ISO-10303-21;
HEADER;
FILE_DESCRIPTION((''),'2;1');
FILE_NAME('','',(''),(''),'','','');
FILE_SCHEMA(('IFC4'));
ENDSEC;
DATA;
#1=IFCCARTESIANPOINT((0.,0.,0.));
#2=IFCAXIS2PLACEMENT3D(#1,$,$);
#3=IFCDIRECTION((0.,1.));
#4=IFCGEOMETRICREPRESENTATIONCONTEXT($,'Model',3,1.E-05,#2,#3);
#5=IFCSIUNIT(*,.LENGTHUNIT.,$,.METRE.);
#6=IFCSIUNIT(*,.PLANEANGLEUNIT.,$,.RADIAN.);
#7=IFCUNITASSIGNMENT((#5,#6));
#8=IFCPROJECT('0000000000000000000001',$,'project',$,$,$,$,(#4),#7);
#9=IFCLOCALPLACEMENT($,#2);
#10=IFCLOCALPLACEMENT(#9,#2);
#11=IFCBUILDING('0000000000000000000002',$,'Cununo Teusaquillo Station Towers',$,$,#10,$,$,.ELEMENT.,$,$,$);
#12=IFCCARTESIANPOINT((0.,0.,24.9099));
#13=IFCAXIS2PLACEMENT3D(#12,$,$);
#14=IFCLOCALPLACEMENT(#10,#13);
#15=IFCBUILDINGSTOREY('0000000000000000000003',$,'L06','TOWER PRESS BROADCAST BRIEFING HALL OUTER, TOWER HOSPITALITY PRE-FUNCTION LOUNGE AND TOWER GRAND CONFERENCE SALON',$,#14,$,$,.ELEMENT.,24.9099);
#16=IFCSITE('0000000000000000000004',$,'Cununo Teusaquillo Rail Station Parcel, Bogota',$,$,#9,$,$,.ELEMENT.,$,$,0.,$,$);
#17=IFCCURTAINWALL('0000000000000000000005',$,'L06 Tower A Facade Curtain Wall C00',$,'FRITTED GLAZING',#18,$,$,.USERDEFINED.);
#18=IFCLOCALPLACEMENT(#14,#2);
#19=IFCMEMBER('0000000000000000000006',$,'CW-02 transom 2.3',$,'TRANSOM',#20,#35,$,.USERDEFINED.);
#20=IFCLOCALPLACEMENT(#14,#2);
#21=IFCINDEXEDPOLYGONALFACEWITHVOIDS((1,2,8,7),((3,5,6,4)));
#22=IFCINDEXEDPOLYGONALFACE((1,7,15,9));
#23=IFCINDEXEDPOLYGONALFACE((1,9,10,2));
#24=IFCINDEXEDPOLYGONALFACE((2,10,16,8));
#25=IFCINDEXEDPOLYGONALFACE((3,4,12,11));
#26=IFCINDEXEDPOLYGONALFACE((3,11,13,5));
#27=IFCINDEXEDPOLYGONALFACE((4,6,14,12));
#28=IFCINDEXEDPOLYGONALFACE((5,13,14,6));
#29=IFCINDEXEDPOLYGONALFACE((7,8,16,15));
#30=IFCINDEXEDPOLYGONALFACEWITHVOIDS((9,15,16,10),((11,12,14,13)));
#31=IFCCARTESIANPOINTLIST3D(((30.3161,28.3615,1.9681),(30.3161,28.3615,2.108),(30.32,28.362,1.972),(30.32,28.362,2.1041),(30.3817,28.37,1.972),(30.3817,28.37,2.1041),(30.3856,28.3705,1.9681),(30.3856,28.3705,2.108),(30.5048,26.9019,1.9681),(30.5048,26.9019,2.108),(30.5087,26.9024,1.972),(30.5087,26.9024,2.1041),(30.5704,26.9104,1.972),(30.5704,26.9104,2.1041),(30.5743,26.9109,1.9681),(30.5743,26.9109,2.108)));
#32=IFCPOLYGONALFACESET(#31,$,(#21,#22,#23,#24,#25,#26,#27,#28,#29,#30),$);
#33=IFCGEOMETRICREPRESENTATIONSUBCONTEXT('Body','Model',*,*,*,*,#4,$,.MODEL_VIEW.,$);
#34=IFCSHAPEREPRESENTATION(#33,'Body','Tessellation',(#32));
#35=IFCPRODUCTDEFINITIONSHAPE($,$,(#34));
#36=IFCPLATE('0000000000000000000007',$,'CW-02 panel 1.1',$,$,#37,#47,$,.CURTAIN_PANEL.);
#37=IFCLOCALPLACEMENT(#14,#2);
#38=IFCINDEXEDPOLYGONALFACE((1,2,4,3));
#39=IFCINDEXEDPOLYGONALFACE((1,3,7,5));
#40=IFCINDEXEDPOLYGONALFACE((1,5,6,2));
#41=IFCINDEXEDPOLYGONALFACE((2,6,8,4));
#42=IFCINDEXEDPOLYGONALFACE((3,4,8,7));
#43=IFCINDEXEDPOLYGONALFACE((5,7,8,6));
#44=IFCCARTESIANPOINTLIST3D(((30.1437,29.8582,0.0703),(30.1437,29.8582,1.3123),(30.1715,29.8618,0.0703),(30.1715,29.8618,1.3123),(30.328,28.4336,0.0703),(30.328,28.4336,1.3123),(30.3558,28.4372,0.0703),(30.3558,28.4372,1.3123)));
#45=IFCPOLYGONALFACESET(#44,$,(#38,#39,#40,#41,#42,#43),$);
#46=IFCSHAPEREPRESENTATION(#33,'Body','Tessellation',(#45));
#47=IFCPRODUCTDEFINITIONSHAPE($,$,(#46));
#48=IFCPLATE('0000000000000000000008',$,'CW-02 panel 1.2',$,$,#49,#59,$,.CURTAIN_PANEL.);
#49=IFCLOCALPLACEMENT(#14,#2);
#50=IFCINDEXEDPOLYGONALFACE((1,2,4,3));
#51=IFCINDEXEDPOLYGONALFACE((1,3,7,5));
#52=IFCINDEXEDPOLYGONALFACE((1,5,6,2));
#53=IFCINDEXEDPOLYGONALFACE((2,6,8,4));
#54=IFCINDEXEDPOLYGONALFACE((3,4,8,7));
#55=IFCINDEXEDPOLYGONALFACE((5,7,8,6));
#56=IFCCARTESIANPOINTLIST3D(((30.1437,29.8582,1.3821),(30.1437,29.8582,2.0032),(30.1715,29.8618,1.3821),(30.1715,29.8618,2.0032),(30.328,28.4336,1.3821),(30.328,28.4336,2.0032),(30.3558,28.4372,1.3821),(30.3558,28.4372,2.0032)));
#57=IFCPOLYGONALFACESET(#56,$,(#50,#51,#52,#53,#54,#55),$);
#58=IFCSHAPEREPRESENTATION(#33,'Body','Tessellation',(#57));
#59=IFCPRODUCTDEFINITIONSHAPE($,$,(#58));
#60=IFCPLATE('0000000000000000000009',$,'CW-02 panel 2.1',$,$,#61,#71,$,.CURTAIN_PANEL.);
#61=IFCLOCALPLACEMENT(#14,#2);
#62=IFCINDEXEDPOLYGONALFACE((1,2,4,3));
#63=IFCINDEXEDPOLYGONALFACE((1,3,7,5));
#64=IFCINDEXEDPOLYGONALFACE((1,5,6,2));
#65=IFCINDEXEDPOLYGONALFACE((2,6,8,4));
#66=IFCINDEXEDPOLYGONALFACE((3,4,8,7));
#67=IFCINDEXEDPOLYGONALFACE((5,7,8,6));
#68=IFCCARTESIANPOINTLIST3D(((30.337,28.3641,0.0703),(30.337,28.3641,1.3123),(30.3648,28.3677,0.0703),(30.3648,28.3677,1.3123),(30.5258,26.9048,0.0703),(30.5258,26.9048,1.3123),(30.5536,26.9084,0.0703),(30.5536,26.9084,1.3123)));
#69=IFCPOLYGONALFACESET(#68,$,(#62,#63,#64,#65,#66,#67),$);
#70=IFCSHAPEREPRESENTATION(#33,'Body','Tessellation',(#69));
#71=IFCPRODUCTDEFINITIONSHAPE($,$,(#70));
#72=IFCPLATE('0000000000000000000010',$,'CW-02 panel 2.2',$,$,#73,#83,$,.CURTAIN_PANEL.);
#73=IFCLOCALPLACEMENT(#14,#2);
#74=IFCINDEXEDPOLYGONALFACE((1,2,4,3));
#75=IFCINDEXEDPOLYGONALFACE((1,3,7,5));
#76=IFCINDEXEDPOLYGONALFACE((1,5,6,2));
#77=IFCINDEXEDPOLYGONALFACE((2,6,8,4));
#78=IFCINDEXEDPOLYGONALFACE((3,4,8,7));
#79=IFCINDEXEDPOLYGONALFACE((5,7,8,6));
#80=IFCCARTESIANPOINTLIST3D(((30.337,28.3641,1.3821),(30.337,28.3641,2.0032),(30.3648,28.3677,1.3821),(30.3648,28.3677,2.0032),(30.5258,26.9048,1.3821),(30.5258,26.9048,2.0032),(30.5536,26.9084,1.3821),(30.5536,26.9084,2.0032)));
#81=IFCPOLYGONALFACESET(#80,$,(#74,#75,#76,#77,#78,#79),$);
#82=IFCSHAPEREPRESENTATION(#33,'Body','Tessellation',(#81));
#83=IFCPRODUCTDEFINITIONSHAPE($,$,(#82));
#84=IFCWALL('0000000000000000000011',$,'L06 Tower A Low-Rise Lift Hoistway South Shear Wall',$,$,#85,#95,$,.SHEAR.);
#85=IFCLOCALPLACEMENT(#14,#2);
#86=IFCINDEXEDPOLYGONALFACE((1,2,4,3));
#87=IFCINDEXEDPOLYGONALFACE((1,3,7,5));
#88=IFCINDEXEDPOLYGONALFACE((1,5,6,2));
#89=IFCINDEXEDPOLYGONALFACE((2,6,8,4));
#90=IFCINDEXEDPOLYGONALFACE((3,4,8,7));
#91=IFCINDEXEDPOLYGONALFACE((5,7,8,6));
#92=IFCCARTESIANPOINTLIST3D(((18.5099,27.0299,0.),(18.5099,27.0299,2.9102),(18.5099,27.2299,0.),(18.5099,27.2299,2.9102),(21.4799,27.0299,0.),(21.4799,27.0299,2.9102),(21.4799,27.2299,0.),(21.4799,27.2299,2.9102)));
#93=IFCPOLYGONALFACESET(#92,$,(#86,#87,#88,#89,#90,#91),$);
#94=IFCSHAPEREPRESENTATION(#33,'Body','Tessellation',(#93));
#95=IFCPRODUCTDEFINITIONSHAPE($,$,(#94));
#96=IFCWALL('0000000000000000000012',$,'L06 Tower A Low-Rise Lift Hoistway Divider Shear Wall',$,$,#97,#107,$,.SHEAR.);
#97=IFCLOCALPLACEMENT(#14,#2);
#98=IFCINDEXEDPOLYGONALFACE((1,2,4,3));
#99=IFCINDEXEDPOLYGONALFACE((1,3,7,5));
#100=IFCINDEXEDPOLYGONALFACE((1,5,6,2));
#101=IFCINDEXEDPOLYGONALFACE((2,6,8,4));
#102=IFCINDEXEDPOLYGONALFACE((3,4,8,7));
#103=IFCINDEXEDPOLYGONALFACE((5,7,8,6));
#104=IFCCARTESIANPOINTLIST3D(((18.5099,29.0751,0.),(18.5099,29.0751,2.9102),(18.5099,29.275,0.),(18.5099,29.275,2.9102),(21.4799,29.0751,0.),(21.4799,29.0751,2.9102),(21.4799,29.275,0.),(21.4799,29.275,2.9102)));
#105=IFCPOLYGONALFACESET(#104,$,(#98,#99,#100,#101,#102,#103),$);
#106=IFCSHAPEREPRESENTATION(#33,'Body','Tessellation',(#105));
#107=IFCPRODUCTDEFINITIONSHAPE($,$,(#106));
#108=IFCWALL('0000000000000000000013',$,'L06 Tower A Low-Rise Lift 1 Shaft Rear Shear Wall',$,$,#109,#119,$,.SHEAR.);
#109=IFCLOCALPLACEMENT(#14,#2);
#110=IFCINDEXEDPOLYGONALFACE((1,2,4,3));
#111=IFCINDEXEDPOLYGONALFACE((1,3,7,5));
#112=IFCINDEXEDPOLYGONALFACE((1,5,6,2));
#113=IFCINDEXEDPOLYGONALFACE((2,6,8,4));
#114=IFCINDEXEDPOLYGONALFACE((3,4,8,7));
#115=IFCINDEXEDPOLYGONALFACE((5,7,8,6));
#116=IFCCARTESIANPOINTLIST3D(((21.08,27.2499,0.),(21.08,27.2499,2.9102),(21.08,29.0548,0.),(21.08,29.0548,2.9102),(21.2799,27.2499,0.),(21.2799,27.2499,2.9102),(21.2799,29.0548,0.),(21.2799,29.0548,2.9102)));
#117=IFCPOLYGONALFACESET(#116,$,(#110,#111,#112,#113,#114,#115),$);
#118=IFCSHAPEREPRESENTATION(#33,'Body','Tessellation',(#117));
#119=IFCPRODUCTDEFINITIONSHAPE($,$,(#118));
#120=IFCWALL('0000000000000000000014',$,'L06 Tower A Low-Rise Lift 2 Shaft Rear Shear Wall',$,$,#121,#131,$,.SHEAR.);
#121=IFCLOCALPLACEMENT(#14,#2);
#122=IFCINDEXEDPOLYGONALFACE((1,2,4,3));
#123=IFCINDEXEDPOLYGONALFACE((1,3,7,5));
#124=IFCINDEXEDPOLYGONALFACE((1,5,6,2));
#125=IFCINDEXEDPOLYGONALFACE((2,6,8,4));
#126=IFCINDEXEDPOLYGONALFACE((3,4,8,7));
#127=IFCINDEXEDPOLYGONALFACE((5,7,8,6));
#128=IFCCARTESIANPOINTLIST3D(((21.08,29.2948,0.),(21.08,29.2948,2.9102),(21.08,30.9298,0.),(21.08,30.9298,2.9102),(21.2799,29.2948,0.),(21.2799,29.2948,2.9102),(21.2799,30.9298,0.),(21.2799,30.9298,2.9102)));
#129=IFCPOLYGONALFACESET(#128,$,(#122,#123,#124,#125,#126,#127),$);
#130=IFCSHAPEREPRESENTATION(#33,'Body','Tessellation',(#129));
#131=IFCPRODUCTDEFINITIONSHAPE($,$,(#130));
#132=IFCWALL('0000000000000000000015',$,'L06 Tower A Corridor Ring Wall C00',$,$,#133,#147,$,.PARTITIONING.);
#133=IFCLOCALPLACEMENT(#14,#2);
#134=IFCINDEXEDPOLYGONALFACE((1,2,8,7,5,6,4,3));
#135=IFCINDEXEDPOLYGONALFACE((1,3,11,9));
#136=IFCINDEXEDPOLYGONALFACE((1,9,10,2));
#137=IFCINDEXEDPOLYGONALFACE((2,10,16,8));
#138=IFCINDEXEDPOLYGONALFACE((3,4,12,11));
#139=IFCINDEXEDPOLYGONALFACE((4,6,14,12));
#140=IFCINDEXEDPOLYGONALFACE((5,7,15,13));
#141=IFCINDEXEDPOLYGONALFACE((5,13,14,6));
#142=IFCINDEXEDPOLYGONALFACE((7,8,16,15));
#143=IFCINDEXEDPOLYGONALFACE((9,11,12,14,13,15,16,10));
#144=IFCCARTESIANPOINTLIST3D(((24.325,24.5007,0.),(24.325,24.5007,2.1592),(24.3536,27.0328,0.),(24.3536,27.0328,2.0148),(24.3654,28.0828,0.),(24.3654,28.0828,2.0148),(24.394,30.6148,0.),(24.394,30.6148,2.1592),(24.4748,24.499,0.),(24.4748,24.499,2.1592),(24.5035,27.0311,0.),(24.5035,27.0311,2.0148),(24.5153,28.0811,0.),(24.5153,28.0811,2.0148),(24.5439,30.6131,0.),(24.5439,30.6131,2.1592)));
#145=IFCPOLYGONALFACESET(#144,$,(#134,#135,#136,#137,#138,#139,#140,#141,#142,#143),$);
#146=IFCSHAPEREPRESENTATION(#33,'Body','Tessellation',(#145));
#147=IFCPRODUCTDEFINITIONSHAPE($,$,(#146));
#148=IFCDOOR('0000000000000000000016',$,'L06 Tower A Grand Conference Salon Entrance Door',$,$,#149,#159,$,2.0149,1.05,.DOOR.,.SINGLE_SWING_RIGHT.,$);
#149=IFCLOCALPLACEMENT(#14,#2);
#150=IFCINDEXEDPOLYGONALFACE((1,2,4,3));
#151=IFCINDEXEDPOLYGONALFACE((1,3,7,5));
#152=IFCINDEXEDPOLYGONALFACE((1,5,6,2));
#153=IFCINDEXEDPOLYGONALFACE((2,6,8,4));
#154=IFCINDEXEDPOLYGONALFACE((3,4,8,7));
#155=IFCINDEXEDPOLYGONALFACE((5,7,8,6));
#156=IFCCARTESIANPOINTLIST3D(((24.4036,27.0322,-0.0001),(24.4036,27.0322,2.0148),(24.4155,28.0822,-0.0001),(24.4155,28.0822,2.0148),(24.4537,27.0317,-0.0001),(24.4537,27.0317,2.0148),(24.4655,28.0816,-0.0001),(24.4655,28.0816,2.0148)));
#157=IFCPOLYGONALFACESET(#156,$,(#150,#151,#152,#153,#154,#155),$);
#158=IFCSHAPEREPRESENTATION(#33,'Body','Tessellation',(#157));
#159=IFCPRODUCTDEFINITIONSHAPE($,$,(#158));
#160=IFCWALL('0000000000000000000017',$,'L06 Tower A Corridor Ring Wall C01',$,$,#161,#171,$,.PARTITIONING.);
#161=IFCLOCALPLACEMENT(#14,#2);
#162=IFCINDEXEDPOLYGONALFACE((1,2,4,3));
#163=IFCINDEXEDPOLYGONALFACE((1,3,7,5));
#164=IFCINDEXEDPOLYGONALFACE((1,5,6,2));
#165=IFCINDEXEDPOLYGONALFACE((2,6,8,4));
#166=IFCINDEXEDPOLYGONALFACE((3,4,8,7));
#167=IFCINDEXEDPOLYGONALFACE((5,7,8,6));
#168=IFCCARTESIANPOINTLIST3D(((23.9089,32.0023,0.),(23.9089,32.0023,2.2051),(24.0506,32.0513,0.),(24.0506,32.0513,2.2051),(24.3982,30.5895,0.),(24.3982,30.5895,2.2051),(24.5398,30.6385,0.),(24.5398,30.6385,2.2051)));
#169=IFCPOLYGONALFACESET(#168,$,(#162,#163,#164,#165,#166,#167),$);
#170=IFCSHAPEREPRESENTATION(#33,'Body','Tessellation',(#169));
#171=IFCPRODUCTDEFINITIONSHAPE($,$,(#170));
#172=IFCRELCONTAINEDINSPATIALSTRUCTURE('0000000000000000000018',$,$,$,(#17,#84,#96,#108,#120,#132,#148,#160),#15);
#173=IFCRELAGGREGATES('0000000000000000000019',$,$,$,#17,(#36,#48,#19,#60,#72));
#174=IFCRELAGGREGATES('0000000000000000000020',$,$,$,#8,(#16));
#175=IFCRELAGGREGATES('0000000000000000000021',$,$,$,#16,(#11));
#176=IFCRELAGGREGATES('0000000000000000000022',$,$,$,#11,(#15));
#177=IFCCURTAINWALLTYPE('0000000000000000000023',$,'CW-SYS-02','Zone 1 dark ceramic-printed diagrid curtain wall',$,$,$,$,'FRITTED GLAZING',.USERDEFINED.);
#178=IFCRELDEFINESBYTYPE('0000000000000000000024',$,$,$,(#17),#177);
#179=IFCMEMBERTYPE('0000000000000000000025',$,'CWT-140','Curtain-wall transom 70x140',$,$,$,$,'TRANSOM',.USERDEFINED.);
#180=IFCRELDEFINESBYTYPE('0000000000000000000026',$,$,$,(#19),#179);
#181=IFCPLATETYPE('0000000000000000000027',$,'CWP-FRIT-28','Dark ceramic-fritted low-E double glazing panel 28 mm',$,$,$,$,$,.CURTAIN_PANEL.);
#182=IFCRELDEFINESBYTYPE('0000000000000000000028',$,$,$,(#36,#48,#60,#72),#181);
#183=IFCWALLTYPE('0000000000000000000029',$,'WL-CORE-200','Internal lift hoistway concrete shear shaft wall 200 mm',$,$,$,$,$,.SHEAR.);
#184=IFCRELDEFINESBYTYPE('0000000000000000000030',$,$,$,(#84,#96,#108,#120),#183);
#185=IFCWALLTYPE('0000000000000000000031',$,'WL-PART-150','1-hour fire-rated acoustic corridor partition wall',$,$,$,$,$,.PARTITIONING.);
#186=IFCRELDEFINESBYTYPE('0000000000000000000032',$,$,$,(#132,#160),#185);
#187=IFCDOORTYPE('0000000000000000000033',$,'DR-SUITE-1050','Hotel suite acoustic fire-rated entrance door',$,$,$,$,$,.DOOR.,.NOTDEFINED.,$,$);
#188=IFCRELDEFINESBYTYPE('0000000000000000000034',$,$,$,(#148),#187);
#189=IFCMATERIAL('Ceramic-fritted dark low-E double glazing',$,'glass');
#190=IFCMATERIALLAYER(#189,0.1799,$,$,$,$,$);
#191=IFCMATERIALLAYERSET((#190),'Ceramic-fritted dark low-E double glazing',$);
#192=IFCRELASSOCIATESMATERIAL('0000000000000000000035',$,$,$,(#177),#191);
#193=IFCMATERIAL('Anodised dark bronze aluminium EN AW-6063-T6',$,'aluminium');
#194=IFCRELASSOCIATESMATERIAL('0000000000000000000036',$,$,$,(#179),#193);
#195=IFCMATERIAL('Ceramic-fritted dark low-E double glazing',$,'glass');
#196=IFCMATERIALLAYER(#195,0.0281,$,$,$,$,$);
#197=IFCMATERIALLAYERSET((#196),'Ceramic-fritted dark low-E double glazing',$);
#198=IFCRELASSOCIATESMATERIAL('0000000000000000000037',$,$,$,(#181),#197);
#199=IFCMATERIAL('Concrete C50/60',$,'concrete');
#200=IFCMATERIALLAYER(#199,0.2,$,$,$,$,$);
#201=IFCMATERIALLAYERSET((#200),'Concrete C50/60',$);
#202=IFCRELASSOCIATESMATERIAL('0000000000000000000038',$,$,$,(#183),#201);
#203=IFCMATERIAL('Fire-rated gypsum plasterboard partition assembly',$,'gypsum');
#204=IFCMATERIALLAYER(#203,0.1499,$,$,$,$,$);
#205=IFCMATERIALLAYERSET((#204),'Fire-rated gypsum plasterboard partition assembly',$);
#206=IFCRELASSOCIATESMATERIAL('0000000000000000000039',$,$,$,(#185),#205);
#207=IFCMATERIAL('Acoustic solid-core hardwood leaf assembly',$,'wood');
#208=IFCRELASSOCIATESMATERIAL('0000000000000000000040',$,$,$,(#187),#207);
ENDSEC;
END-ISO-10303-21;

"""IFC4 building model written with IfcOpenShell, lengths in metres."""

from ifc_helpers import new_model, si_unit, direction, frame, frame_2d, origin, origin_2d, place, context, subcontext, project, spatial, rectangle, hollow_rectangle, extrude, source, transform, mapped, material, layer, layer_set, material_profile, profile_set, type_object, element, fill, aggregate, save


model = new_model("IFC4")

# Units and contexts
model_context = context("Model", 3, precision=1e-05, world=origin(), true_north=direction((0.0, 1.0)))
body_context = subcontext(model_context, "Body", "Model", "MODEL_VIEW")
ifc_project = project(units=[si_unit("LENGTHUNIT", "METRE"), si_unit("PLANEANGLEUNIT", "RADIAN")], contexts=[model_context])

# Site, building, storey
site_placement = place(None, origin())
site = spatial("IfcSite", under=ifc_project, at=site_placement, Name="Cununo Teusaquillo Rail Station Parcel, Bogota", CompositionType="ELEMENT", RefElevation=0.0)
building_placement = place(site_placement, origin())
building = spatial("IfcBuilding", under=site, at=building_placement, Name="Cununo Teusaquillo Station Towers", CompositionType="ELEMENT")
storey_placement = place(building_placement, frame((0.0, 0.0, 24.9099)))
storey = spatial("IfcBuildingStorey", under=building, at=storey_placement, Name="L06", Description="TOWER PRESS BROADCAST BRIEFING HALL OUTER, TOWER HOSPITALITY PRE-FUNCTION LOUNGE AND TOWER GRAND CONFERENCE SALON", CompositionType="ELEMENT", Elevation=24.9099)

# Curtain wall, member, plates
ifc_material_1 = material(Name="Ceramic-fritted dark low-E double glazing", Category="glass")
ifc_layer_1 = layer(ifc_material_1, 0.1799)
ifc_layer_set_1 = layer_set([ifc_layer_1], Name="Ceramic-fritted dark low-E double glazing")
curtain_wall_type = type_object("IfcCurtainWallType", Name="CW-SYS-02", Description="Zone 1 dark ceramic-printed diagrid curtain wall", ElementType="FRITTED GLAZING", PredefinedType="USERDEFINED", material=ifc_layer_set_1)
curtain_wall_placement = place(storey_placement, origin())
curtain_wall = element("IfcCurtainWall", 1, at=curtain_wall_placement, inside=storey, type_object=curtain_wall_type, Name="L06 Tower A Facade Curtain Wall C00", ObjectType="FRITTED GLAZING", PredefinedType="USERDEFINED")
ifc_material_2 = material(Name="Anodised dark bronze aluminium EN AW-6063-T6", Category="aluminium")
ifc_material_profile_1 = material_profile(ifc_material_2, hollow_rectangle(XDim=0.0701, YDim=0.1399, WallThickness=0.0039, at=origin_2d()), Name="CW-TRAN-70x140")
ifc_profile_set_1 = profile_set([ifc_material_profile_1], Name="Anodised dark bronze aluminium EN AW-6063-T6")
member_type_1 = type_object("IfcMemberType", Name="CWT-140", Description="Curtain-wall transom 70x140", ElementType="TRANSOM", PredefinedType="USERDEFINED", material=ifc_profile_set_1)
member_1_placement = place(storey_placement, frame((30.3508, 28.366, 2.0381), z_axis=(0.12824, -0.991743, 0.0), x_axis=(0.991743, 0.12824, 0.0)))
member_1 = element("IfcMember", 2, at=member_1_placement, type_object=member_type_1, Name="CW-02 transom 2.3", ObjectType="TRANSOM", PredefinedType="USERDEFINED", context=body_context, shape_type="SweptSolid", body=[
    extrude(hollow_rectangle(XDim=0.0701, YDim=0.1399, WallThickness=0.0039, at=origin_2d()), origin(), (0.0, 0.0, 1.0), 1.4717),
])
ifc_material_3 = material(Name="Ceramic-fritted dark low-E double glazing", Category="glass")
ifc_layer_2 = layer(ifc_material_3, 0.0281)
ifc_layer_set_2 = layer_set([ifc_layer_2], Name="Ceramic-fritted dark low-E double glazing")
plate_type = type_object("IfcPlateType", Name="CWP-FRIT-28", Description="Dark ceramic-fritted low-E double glazing panel 28 mm", PredefinedType="CURTAIN_PANEL", material=ifc_layer_set_2)
shared_shape_1 = source(origin(), body_context, "Body", "SweptSolid", [
    extrude(rectangle(XDim=1.4365, YDim=0.0281, at=origin_2d()), origin(), (0.0, 0.0, 1.0), 1.2419),
])
plate_1_placement = place(storey_placement, frame((30.2498, 29.1477, 0.0703), z_axis=(0.0, 0.0, 1.0), x_axis=(0.128292, -0.991736, 0.0)))
plate_1 = element("IfcPlate", 3, at=plate_1_placement, type_object=plate_type, Name="CW-02 panel 1.1", PredefinedType="CURTAIN_PANEL", context=body_context, shape_type="MappedRepresentation", body=[
    mapped(shared_shape_1, transform((0.0, 0.0, 0.0), x_axis=(1.0, 0.0, 0.0), y_axis=(0.0, 1.0, 0.0), z_axis=(0.0, 0.0, 1.0), scale=1.0)),
])
shared_shape_2 = source(origin(), body_context, "Body", "SweptSolid", [
    extrude(rectangle(XDim=1.4365, YDim=0.0281, at=origin_2d()), origin(), (0.0, 0.0, 1.0), 0.6211),
])
plate_2_placement = place(storey_placement, frame((30.2498, 29.1477, 1.3821), z_axis=(0.0, 0.0, 1.0), x_axis=(0.128292, -0.991736, 0.0)))
plate_2 = element("IfcPlate", 4, at=plate_2_placement, type_object=plate_type, Name="CW-02 panel 1.2", PredefinedType="CURTAIN_PANEL", context=body_context, shape_type="MappedRepresentation", body=[
    mapped(shared_shape_2, transform((0.0, 0.0, 0.0), x_axis=(1.0, 0.0, 0.0), y_axis=(0.0, 1.0, 0.0), z_axis=(0.0, 0.0, 1.0), scale=1.0)),
])
shared_shape_3 = source(origin(), body_context, "Body", "SweptSolid", [
    extrude(rectangle(XDim=1.4714, YDim=0.0281, at=origin_2d()), origin(), (0.0, 0.0, 1.0), 1.2419),
])
plate_3_placement = place(storey_placement, frame((30.4453, 27.6362, 0.0703), z_axis=(0.0, 0.0, 1.0), x_axis=(0.128292, -0.991736, 0.0)))
plate_3 = element("IfcPlate", 5, at=plate_3_placement, type_object=plate_type, Name="CW-02 panel 2.1", PredefinedType="CURTAIN_PANEL", context=body_context, shape_type="MappedRepresentation", body=[
    mapped(shared_shape_3, transform((0.0, 0.0, 0.0), x_axis=(1.0, 0.0, 0.0), y_axis=(0.0, 1.0, 0.0), z_axis=(0.0, 0.0, 1.0), scale=1.0)),
])
shared_shape_4 = source(origin(), body_context, "Body", "SweptSolid", [
    extrude(rectangle(XDim=1.4714, YDim=0.0281, at=origin_2d()), origin(), (0.0, 0.0, 1.0), 0.6211),
])
plate_4_placement = place(storey_placement, frame((30.4453, 27.6362, 1.3821), z_axis=(0.0, 0.0, 1.0), x_axis=(0.128292, -0.991736, 0.0)))
plate_4 = element("IfcPlate", 6, at=plate_4_placement, type_object=plate_type, Name="CW-02 panel 2.2", PredefinedType="CURTAIN_PANEL", context=body_context, shape_type="MappedRepresentation", body=[
    mapped(shared_shape_4, transform((0.0, 0.0, 0.0), x_axis=(1.0, 0.0, 0.0), y_axis=(0.0, 1.0, 0.0), z_axis=(0.0, 0.0, 1.0), scale=1.0)),
])
aggregate(curtain_wall, [plate_1, plate_2, member_1, plate_3, plate_4])

# Walls
ifc_material_4 = material(Name="Concrete C50/60", Category="concrete")
ifc_layer_3 = layer(ifc_material_4, 0.2)
ifc_layer_set_3 = layer_set([ifc_layer_3], Name="Concrete C50/60")
wall_type_1 = type_object("IfcWallType", Name="WL-CORE-200", Description="Internal lift hoistway concrete shear shaft wall 200 mm", PredefinedType="SHEAR", material=ifc_layer_set_3)
for number, where, z_axis, x_axis, name in (
    (7, (18.51, 27.1299, 0.0), (0.0, 0.0, 1.0), (1.0, 0.0, 0.0), "L06 Tower A Low-Rise Lift Hoistway South Shear Wall"),
    (8, (18.51, 29.175, 0.0), (0.0, 0.0, 1.0), (1.0, 0.0, 0.0), "L06 Tower A Low-Rise Lift Hoistway Divider Shear Wall"),
):
    element("IfcWall", number, at=place(storey_placement, frame(where, z_axis=z_axis, x_axis=x_axis)), inside=storey, type_object=wall_type_1, Name=name, PredefinedType="SHEAR", context=body_context, shape_type="SweptSolid", body=[
        extrude(rectangle(XDim=2.97, YDim=0.2, at=frame_2d((1.4849, 0.0))), origin(), (0.0, 0.0, 1.0), 2.9102),
    ])
wall_1_placement = place(storey_placement, frame((21.1799, 27.25, 0.0), z_axis=(0.0, 0.0, 1.0), x_axis=(0.0, 1.0, 0.0)))
element("IfcWall", 9, at=wall_1_placement, inside=storey, type_object=wall_type_1, Name="L06 Tower A Low-Rise Lift 1 Shaft Rear Shear Wall", PredefinedType="SHEAR", context=body_context, shape_type="SweptSolid", body=[
    extrude(rectangle(XDim=1.8049, YDim=0.2, at=frame_2d((0.9023, 0.0))), origin(), (0.0, 0.0, 1.0), 2.9102),
])
wall_2_placement = place(storey_placement, frame((21.1799, 29.2949, 0.0), z_axis=(0.0, 0.0, 1.0), x_axis=(0.0, 1.0, 0.0)))
element("IfcWall", 10, at=wall_2_placement, inside=storey, type_object=wall_type_1, Name="L06 Tower A Low-Rise Lift 2 Shaft Rear Shear Wall", PredefinedType="SHEAR", context=body_context, shape_type="SweptSolid", body=[
    extrude(rectangle(XDim=1.635, YDim=0.2, at=frame_2d((0.8174, 0.0))), origin(), (0.0, 0.0, 1.0), 2.9102),
])

# Wall, opening, door
ifc_material_5 = material(Name="Fire-rated gypsum plasterboard partition assembly", Category="gypsum")
ifc_layer_4 = layer(ifc_material_5, 0.1499)
ifc_layer_set_4 = layer_set([ifc_layer_4], Name="Fire-rated gypsum plasterboard partition assembly")
wall_type_2 = type_object("IfcWallType", Name="WL-PART-150", Description="1-hour fire-rated acoustic corridor partition wall", PredefinedType="PARTITIONING", material=ifc_layer_set_4)
wall_3_placement = place(storey_placement, frame((24.3999, 24.5, 0.0), z_axis=(0.0, 0.0, 1.0), x_axis=(0.0113, 0.999936, 0.0)))
wall_3 = element("IfcWall", 11, at=wall_3_placement, inside=storey, type_object=wall_type_2, Name="L06 Tower A Corridor Ring Wall C00", PredefinedType="PARTITIONING", context=body_context, shape_type="SweptSolid", body=[
    extrude(rectangle(XDim=6.1145, YDim=0.1499, at=frame_2d((3.0571, 0.0))), origin(), (0.0, 0.0, 1.0), 2.1592),
])
shared_shape_5 = source(origin(), body_context, "Body", "SweptSolid", [
    extrude(rectangle(XDim=1.05, YDim=2.0149, at=frame_2d((0.5249, 1.0073))), frame((0.0, 0.085, 0.0), z_axis=(0.0, -1.0, 0.0), x_axis=(1.0, 0.0, 0.0)), (0.0, 0.0, 1.0), 0.1699),
])
opening_placement = place(wall_3_placement, frame((2.5322, 0.0, 0.0)))
opening = element("IfcOpeningElement", 12, at=opening_placement, cuts=wall_3, PredefinedType="OPENING", context=body_context, shape_type="MappedRepresentation", body=[
    mapped(shared_shape_5, transform((0.0, 0.0, 0.0), x_axis=(1.0, 0.0, 0.0), y_axis=(0.0, 1.0, 0.0), z_axis=(0.0, 0.0, 1.0), scale=1.0)),
])
ifc_material_6 = material(Name="Acoustic solid-core hardwood leaf assembly", Category="wood")
door_type = type_object("IfcDoorType", Name="DR-SUITE-1050", Description="Hotel suite acoustic fire-rated entrance door", OperationType="NOTDEFINED", PredefinedType="DOOR", material=ifc_material_6)
shared_shape_6 = source(origin(), body_context, "Body", "SweptSolid", [
    extrude(rectangle(XDim=1.05, YDim=2.0149, at=frame_2d((0.5249, 1.0073))), frame((0.0, 0.0249, 0.0), z_axis=(0.0, -1.0, 0.0), x_axis=(1.0, 0.0, 0.0)), (0.0, 0.0, 1.0), 0.05),
])
door_placement = place(opening_placement, origin())
door = element("IfcDoor", 13, at=door_placement, inside=storey, type_object=door_type, Name="L06 Tower A Grand Conference Salon Entrance Door", OperationType="SINGLE_SWING_RIGHT", OverallHeight=2.0149, OverallWidth=1.05, PredefinedType="DOOR", context=body_context, shape_type="MappedRepresentation", body=[
    mapped(shared_shape_6, transform((0.0, 0.0, 0.0), x_axis=(1.0, 0.0, 0.0), y_axis=(0.0, 1.0, 0.0), z_axis=(0.0, 0.0, 1.0), scale=1.0)),
])
fill(opening, door)

# Wall
wall_4_placement = place(storey_placement, frame((24.469, 30.614, 0.0), z_axis=(0.0, 0.0, 1.0), x_axis=(-0.327228, 0.944945, 0.0)))
element("IfcWall", 14, at=wall_4_placement, inside=storey, type_object=wall_type_2, Name="L06 Tower A Corridor Ring Wall C01", PredefinedType="PARTITIONING", context=body_context, shape_type="SweptSolid", body=[
    extrude(rectangle(XDim=1.4951, YDim=0.1499, at=frame_2d((0.7476, 0.0))), origin(), (0.0, 0.0, 1.0), 2.2051),
])

save(model, "model.ifc")
